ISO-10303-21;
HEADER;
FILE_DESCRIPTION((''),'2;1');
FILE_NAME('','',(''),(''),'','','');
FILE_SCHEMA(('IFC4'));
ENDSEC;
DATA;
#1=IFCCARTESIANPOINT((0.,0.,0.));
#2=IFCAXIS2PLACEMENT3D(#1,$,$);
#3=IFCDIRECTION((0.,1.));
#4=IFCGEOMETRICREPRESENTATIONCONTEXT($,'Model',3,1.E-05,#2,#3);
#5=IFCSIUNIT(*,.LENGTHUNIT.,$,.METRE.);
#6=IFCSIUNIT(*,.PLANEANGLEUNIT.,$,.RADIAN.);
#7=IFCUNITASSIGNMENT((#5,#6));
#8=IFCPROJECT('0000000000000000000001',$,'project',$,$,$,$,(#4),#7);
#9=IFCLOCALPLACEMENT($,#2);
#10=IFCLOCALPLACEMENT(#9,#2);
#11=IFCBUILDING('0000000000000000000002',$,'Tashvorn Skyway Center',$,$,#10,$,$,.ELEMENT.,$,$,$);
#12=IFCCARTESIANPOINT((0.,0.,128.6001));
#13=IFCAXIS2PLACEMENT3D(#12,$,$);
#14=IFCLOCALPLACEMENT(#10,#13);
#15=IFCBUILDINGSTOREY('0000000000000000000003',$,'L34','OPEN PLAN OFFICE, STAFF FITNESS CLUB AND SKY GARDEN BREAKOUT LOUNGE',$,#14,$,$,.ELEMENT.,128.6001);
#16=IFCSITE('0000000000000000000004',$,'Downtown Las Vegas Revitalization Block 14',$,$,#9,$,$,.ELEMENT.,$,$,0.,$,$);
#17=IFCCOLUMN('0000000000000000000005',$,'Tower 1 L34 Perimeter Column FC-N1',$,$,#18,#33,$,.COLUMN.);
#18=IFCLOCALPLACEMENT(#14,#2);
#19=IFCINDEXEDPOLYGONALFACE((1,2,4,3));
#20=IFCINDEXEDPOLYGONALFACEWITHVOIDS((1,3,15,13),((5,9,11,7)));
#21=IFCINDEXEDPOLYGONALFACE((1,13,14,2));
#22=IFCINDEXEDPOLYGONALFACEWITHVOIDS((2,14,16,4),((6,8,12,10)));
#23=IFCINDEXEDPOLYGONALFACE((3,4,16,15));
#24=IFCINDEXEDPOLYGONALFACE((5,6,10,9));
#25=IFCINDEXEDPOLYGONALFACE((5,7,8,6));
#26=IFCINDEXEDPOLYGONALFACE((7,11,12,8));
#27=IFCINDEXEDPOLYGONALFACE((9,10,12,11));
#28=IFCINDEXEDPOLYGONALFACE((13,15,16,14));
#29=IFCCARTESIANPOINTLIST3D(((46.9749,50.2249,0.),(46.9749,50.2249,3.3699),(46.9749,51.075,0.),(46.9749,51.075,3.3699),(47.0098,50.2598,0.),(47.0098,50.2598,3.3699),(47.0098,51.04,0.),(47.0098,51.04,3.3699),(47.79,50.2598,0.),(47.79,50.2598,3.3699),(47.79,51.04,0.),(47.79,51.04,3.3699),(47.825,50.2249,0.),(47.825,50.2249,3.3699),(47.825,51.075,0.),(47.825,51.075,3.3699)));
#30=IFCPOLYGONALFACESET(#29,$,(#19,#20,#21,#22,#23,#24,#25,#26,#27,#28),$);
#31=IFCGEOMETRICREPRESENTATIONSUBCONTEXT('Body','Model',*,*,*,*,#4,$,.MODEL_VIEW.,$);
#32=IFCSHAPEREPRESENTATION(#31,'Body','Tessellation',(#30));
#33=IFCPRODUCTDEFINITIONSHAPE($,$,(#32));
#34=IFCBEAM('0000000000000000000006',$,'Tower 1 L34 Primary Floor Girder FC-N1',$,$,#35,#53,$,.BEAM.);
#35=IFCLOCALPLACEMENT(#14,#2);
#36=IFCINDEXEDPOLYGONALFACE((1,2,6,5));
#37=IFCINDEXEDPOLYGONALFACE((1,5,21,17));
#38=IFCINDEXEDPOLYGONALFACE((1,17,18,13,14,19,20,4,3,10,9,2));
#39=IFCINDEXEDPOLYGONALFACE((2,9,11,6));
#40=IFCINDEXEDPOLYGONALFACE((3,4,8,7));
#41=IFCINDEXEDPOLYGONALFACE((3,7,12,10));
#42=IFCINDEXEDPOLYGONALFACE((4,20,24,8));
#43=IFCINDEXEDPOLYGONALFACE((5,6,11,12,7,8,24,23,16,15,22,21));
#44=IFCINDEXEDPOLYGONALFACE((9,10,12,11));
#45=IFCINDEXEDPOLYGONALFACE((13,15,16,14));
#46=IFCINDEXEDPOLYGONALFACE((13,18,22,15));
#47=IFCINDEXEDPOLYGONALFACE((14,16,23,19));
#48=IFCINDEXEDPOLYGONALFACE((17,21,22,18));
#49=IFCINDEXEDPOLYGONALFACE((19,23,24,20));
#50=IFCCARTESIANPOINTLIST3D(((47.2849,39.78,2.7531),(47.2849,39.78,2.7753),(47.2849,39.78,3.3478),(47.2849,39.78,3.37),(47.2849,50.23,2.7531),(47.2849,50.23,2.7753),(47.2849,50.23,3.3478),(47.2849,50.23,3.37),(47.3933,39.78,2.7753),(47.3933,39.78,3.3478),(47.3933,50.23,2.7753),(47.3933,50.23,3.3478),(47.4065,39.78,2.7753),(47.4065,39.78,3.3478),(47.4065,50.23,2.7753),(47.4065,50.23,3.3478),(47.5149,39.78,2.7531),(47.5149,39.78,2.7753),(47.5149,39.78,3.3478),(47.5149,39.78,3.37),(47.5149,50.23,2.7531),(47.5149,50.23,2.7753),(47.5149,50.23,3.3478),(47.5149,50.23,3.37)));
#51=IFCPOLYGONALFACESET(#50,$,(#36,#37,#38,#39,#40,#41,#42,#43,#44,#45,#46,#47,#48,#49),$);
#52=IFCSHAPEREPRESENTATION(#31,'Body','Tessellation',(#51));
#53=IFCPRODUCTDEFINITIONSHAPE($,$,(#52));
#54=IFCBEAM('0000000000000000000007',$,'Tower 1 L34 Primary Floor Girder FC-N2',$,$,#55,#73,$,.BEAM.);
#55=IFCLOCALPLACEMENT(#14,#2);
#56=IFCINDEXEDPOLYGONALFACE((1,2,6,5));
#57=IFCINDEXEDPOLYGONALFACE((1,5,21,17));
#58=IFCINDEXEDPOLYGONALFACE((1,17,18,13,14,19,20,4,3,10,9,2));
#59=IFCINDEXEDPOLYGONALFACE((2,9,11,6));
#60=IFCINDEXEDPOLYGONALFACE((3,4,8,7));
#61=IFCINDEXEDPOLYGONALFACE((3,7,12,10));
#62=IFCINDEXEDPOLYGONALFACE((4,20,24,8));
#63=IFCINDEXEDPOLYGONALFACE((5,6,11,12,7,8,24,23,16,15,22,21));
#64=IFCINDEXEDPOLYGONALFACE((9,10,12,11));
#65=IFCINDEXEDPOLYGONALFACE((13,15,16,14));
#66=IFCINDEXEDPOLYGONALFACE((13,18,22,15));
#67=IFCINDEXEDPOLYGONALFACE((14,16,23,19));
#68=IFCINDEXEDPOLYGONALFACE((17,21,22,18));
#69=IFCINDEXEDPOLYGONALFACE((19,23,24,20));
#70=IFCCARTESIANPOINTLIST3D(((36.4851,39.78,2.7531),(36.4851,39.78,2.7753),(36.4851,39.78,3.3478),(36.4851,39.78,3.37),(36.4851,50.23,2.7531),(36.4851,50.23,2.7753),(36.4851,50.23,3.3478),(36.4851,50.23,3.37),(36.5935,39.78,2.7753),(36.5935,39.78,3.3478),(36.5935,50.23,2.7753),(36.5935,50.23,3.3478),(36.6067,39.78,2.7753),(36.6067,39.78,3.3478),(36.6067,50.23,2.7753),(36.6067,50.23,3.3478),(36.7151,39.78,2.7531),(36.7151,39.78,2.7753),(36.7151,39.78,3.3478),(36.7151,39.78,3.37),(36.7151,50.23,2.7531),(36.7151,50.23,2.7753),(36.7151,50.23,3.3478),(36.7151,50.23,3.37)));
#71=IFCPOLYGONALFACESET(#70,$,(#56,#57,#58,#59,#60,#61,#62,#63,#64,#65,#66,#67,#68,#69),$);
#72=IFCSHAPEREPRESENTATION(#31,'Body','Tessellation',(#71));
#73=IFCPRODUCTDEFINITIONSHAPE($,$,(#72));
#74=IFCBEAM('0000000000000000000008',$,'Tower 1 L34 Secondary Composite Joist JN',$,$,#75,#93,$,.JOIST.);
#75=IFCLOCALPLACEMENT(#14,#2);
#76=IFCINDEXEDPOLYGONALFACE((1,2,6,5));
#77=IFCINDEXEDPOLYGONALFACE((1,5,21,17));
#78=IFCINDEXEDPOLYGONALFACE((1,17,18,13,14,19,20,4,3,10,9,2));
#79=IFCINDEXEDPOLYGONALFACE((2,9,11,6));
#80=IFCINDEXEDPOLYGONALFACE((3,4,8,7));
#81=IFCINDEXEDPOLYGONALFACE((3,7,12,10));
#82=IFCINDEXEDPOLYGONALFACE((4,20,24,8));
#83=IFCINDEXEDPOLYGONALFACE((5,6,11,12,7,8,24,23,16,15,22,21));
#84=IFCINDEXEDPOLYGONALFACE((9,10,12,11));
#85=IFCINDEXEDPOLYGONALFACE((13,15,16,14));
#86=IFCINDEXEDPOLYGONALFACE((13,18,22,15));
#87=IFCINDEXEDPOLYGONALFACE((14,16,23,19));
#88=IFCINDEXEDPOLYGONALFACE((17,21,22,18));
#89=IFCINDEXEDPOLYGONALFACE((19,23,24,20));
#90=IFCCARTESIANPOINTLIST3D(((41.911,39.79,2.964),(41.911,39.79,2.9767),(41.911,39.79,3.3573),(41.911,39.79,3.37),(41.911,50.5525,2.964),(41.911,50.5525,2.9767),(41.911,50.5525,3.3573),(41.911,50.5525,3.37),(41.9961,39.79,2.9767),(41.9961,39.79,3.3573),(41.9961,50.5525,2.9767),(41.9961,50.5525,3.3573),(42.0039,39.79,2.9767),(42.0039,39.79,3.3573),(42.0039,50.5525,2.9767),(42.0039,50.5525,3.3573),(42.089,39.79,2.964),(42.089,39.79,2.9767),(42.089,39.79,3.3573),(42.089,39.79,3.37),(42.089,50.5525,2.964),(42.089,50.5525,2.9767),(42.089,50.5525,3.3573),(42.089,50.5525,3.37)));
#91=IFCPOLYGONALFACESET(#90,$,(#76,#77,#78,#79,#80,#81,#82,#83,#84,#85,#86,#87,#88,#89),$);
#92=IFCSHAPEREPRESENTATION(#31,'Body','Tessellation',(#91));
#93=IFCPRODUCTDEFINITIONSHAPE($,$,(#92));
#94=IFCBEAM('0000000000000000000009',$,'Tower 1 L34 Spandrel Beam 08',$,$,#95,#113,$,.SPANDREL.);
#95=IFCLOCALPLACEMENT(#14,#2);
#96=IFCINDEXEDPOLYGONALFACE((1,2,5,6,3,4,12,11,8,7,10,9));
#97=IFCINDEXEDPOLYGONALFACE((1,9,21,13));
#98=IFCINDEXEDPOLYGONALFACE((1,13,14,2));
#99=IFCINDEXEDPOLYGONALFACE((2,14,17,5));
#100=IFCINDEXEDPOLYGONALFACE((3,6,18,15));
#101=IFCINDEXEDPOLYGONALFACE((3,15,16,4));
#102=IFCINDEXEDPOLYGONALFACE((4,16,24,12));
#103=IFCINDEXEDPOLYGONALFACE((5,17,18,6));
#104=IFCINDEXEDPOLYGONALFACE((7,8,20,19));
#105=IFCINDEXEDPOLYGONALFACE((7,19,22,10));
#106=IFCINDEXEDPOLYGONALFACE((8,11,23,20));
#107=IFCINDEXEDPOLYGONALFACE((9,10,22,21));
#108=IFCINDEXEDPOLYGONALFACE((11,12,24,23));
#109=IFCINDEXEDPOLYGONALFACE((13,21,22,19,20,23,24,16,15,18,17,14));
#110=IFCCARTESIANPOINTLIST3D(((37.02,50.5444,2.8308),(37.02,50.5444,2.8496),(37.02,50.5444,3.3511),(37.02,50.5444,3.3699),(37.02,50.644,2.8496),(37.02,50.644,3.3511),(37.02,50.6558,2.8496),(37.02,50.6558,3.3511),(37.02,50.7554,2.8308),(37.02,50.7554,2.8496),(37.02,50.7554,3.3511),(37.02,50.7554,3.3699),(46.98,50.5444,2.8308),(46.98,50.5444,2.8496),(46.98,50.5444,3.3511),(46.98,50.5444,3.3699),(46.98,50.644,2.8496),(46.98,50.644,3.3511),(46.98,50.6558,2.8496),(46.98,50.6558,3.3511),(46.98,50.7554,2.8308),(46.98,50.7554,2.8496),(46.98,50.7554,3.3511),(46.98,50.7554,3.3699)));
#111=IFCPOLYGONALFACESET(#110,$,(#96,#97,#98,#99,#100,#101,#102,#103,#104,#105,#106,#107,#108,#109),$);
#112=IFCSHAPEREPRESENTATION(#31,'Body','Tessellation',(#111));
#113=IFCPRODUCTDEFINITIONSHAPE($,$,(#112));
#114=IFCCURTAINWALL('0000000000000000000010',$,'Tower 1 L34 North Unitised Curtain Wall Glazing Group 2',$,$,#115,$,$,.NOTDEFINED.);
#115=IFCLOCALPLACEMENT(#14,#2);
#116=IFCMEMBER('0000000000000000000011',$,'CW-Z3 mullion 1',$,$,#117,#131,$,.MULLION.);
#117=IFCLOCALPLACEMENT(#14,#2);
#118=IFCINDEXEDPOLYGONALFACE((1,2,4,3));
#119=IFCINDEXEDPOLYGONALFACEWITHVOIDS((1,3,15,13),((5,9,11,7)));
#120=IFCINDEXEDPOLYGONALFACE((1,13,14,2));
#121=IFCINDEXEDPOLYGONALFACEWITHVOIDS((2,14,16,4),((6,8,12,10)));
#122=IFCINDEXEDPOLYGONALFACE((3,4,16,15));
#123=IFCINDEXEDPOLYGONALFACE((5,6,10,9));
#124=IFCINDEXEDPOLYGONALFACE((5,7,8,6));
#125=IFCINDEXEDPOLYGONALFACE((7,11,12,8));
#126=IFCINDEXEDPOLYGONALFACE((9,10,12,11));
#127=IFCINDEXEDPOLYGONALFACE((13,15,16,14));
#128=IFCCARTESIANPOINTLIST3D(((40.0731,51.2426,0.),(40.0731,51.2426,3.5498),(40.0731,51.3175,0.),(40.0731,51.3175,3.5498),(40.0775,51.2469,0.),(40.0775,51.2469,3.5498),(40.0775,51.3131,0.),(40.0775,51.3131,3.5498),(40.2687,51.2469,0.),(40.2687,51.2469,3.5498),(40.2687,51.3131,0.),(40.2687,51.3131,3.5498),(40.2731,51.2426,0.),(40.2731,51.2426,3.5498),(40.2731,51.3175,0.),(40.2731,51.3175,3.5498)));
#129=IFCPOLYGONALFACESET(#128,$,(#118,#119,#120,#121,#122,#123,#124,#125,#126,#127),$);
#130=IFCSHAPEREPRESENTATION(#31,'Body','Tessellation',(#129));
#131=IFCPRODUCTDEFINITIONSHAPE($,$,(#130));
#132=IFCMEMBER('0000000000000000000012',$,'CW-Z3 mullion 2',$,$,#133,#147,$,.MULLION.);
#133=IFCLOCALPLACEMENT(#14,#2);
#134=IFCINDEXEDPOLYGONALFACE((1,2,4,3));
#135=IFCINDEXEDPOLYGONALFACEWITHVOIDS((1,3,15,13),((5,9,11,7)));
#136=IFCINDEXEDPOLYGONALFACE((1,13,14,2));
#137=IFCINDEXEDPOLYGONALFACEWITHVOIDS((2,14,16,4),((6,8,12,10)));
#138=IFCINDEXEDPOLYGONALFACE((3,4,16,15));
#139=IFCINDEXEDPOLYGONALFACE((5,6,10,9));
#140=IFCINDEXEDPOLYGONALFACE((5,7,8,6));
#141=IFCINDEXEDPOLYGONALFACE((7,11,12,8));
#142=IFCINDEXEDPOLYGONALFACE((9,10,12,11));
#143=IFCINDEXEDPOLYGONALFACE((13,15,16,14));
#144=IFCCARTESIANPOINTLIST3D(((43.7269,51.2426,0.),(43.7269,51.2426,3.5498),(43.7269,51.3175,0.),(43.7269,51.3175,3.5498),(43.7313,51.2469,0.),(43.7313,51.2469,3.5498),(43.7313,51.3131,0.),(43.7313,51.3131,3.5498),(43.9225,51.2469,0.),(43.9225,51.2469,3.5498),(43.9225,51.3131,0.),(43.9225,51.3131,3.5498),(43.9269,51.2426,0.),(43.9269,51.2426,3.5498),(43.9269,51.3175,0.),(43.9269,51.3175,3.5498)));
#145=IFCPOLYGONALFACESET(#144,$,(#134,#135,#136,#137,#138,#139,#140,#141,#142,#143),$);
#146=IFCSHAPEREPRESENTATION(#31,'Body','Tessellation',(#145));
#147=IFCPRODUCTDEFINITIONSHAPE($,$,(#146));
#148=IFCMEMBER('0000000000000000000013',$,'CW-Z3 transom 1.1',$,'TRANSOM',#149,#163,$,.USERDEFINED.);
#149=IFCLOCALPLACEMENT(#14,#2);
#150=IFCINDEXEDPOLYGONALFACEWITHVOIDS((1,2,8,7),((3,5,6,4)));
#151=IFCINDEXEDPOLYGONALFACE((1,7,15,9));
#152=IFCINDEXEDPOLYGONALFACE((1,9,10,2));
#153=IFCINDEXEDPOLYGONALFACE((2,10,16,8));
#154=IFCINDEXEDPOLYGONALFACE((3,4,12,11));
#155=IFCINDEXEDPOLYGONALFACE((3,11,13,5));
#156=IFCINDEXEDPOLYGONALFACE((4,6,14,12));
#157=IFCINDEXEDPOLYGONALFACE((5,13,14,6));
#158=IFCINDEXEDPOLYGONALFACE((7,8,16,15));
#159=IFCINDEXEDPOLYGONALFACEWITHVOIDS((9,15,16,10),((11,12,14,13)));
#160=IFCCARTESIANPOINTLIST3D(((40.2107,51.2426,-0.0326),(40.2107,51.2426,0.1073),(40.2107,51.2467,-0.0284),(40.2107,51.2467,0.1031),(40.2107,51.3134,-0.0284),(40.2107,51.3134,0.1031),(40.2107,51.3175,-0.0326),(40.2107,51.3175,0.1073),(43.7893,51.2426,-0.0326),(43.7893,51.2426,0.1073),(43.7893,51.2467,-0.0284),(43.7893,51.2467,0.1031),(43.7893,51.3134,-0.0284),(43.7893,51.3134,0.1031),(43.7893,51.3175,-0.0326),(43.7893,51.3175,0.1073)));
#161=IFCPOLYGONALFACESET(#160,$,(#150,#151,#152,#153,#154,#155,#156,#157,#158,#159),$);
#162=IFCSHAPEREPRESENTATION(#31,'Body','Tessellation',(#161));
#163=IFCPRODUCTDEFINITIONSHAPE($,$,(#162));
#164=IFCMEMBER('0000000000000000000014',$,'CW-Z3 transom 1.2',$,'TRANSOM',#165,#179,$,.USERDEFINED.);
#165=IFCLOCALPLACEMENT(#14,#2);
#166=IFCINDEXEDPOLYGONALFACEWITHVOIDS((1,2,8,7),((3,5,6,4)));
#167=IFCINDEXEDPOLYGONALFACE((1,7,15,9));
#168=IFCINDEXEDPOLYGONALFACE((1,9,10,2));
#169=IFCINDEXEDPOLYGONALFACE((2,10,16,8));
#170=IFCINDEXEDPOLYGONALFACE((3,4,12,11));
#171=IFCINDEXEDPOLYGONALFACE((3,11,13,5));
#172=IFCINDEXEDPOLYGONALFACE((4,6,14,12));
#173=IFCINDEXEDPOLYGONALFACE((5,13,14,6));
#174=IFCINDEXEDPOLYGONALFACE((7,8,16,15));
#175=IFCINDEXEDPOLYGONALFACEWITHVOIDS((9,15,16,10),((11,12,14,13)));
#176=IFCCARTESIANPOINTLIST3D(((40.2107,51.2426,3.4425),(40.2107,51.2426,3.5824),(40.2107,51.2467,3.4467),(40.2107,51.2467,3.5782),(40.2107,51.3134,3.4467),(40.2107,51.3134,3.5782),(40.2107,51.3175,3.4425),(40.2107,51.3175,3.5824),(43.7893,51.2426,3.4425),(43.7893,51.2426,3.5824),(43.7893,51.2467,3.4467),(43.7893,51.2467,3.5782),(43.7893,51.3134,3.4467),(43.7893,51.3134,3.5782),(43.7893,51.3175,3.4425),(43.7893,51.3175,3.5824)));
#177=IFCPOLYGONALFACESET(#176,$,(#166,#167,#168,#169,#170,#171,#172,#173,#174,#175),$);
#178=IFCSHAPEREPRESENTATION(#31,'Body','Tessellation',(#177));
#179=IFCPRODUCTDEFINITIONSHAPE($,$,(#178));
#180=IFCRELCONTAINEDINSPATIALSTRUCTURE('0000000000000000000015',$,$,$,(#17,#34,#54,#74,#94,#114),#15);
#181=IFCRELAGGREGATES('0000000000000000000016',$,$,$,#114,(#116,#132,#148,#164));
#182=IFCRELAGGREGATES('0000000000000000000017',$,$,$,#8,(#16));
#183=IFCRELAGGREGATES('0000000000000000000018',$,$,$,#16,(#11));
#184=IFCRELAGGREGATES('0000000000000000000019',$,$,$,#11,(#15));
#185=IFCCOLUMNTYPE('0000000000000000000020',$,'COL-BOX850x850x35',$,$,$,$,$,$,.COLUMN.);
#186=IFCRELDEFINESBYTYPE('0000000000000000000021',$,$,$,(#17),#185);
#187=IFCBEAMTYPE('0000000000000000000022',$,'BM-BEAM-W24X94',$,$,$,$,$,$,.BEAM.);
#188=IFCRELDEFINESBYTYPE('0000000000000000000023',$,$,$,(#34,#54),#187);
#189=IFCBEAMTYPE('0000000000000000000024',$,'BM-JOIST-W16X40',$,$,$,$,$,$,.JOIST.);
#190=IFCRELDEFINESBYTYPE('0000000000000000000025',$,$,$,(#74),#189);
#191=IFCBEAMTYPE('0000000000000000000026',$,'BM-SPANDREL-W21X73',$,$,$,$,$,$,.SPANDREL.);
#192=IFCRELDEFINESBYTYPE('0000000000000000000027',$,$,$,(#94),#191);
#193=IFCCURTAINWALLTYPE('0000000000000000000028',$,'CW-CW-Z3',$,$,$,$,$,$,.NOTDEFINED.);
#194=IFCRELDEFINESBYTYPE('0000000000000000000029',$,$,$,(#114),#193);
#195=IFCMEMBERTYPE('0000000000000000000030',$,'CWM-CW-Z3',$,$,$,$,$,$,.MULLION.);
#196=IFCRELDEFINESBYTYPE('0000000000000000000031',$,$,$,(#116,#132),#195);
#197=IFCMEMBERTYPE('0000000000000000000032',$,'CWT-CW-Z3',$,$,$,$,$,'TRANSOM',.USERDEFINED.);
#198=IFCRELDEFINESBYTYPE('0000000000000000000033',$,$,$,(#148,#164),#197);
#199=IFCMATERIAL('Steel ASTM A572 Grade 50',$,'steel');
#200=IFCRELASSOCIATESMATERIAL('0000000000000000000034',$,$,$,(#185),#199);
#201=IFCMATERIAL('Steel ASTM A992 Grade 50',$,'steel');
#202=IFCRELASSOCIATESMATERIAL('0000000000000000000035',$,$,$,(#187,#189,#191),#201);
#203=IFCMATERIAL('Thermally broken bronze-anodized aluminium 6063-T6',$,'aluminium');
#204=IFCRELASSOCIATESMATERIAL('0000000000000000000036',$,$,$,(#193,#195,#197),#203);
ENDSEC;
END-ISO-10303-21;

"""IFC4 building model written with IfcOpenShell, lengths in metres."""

from ifc_helpers import new_model, si_unit, direction, frame, origin, origin_2d, place, context, subcontext, project, spatial, hollow_rectangle, i_section, extrude, material, material_profile, profile_set, type_object, element, aggregate, save


model = new_model("IFC4")

# Units and contexts
model_context = context("Model", 3, precision=1e-05, world=origin(), true_north=direction((0.0, 1.0)))
body_context = subcontext(model_context, "Body", "Model", "MODEL_VIEW")
ifc_project = project(units=[si_unit("LENGTHUNIT", "METRE"), si_unit("PLANEANGLEUNIT", "RADIAN")], contexts=[model_context])

# Site, building, storey
site_placement = place(None, origin())
site = spatial("IfcSite", under=ifc_project, at=site_placement, Name="Downtown Las Vegas Revitalization Block 14", CompositionType="ELEMENT", RefElevation=0.0)
building_placement = place(site_placement, origin())
building = spatial("IfcBuilding", under=site, at=building_placement, Name="Tashvorn Skyway Center", CompositionType="ELEMENT")
storey_placement = place(building_placement, frame((0.0, 0.0, 128.6001)))
storey = spatial("IfcBuildingStorey", under=building, at=storey_placement, Name="L34", Description="OPEN PLAN OFFICE, STAFF FITNESS CLUB AND SKY GARDEN BREAKOUT LOUNGE", CompositionType="ELEMENT", Elevation=128.6001)

# Column
ifc_material_1 = material(Name="Steel ASTM A572 Grade 50", Category="steel")
ifc_material_profile_1 = material_profile(ifc_material_1, hollow_rectangle(XDim=0.8501, YDim=0.8501, WallThickness=0.0349, at=origin_2d()), Name="BOX850x850x35")
ifc_profile_set_1 = profile_set([ifc_material_profile_1], Name="Steel ASTM A572 Grade 50")
column_type = type_object("IfcColumnType", Name="COL-BOX850x850x35", PredefinedType="COLUMN", material=ifc_profile_set_1)
column_placement = place(storey_placement, frame((47.3999, 50.6499, 0.0), z_axis=(0.0, 0.0, 1.0), x_axis=(1.0, 0.0, 0.0)))
element("IfcColumn", 1, at=column_placement, inside=storey, type_object=column_type, Name="Tower 1 L34 Perimeter Column FC-N1", PredefinedType="COLUMN", context=body_context, shape_type="SweptSolid", body=[
    extrude(hollow_rectangle(XDim=0.8501, YDim=0.8501, WallThickness=0.0349, at=origin_2d()), origin(), (0.0, 0.0, 1.0), 3.3699),
])

# Beams
ifc_material_2 = material(Name="Steel ASTM A992 Grade 50", Category="steel")
ifc_material_profile_2 = material_profile(ifc_material_2, i_section(OverallWidth=0.23, OverallDepth=0.6169, WebThickness=0.0132, FlangeThickness=0.0222, at=origin_2d()), Name="W24X94")
ifc_profile_set_2 = profile_set([ifc_material_profile_2], Name="Steel ASTM A992 Grade 50")
beam_type_1 = type_object("IfcBeamType", Name="BM-BEAM-W24X94", PredefinedType="BEAM", material=ifc_profile_set_2)
for number, where, z_axis, x_axis, name in (
    (2, (47.3999, 50.23, 3.0615), (0.0, -1.0, 0.0), (1.0, 0.0, 0.0), "Tower 1 L34 Primary Floor Girder FC-N1"),
    (3, (36.6001, 50.23, 3.0615), (0.0, -1.0, 0.0), (1.0, 0.0, 0.0), "Tower 1 L34 Primary Floor Girder FC-N2"),
):
    element("IfcBeam", number, at=place(storey_placement, frame(where, z_axis=z_axis, x_axis=x_axis)), inside=storey, type_object=beam_type_1, Name=name, PredefinedType="BEAM", context=body_context, shape_type="SweptSolid", body=[
        extrude(i_section(OverallWidth=0.23, OverallDepth=0.6169, WebThickness=0.0132, FlangeThickness=0.0222, at=origin_2d()), origin(), (0.0, 0.0, 1.0), 10.45),
    ])
ifc_material_profile_3 = material_profile(ifc_material_2, i_section(OverallWidth=0.178, OverallDepth=0.406, WebThickness=0.0078, FlangeThickness=0.0127, at=origin_2d()), Name="W16X40")
ifc_profile_set_3 = profile_set([ifc_material_profile_3], Name="Steel ASTM A992 Grade 50")
beam_type_2 = type_object("IfcBeamType", Name="BM-JOIST-W16X40", PredefinedType="JOIST", material=ifc_profile_set_3)
beam_1_placement = place(storey_placement, frame((42.0, 39.79, 3.167), z_axis=(0.0, 1.0, 0.0), x_axis=(-1.0, 0.0, 0.0)))
element("IfcBeam", 4, at=beam_1_placement, inside=storey, type_object=beam_type_2, Name="Tower 1 L34 Secondary Composite Joist JN", PredefinedType="JOIST", context=body_context, shape_type="SweptSolid", body=[
    extrude(i_section(OverallWidth=0.178, OverallDepth=0.406, WebThickness=0.0078, FlangeThickness=0.0127, at=origin_2d()), origin(), (0.0, 0.0, 1.0), 10.7625),
])
ifc_material_profile_4 = material_profile(ifc_material_2, i_section(OverallWidth=0.2109, OverallDepth=0.5391, WebThickness=0.0117, FlangeThickness=0.0188, at=origin_2d()), Name="W21X73")
ifc_profile_set_4 = profile_set([ifc_material_profile_4], Name="Steel ASTM A992 Grade 50")
beam_type_3 = type_object("IfcBeamType", Name="BM-SPANDREL-W21X73", PredefinedType="SPANDREL", material=ifc_profile_set_4)
beam_2_placement = place(storey_placement, frame((46.98, 50.6499, 3.1003), z_axis=(-1.0, 0.0, 0.0), x_axis=(0.0, -1.0, 0.0)))
element("IfcBeam", 5, at=beam_2_placement, inside=storey, type_object=beam_type_3, Name="Tower 1 L34 Spandrel Beam 08", PredefinedType="SPANDREL", context=body_context, shape_type="SweptSolid", body=[
    extrude(i_section(OverallWidth=0.2109, OverallDepth=0.5391, WebThickness=0.0117, FlangeThickness=0.0188, at=origin_2d()), origin(), (0.0, 0.0, 1.0), 9.96),
])

# Curtain wall, members
ifc_material_3 = material(Name="Thermally broken bronze-anodized aluminium 6063-T6", Category="aluminium")
curtain_wall_type = type_object("IfcCurtainWallType", Name="CW-CW-Z3", PredefinedType="NOTDEFINED", material=ifc_material_3)
curtain_wall_placement = place(storey_placement, origin())
curtain_wall = element("IfcCurtainWall", 6, at=curtain_wall_placement, inside=storey, type_object=curtain_wall_type, Name="Tower 1 L34 North Unitised Curtain Wall Glazing Group 2", PredefinedType="NOTDEFINED")
ifc_material_profile_5 = material_profile(ifc_material_3, hollow_rectangle(XDim=0.075, YDim=0.2, WallThickness=0.0044, at=origin_2d()), Name="ALU-MULL-75x200")
ifc_profile_set_5 = profile_set([ifc_material_profile_5], Name="Thermally broken bronze-anodized aluminium 6063-T6")
member_type_1 = type_object("IfcMemberType", Name="CWM-CW-Z3", PredefinedType="MULLION", material=ifc_profile_set_5)
member_1_placement = place(storey_placement, frame((40.1731, 51.28, 0.0), z_axis=(0.0, 0.0, 1.0), x_axis=(0.0, 1.0, 0.0)))
member_1 = element("IfcMember", 7, at=member_1_placement, type_object=member_type_1, Name="CW-Z3 mullion 1", PredefinedType="MULLION", context=body_context, shape_type="SweptSolid", body=[
    extrude(hollow_rectangle(XDim=0.075, YDim=0.2, WallThickness=0.0044, at=origin_2d()), origin(), (0.0, 0.0, 1.0), 3.5498),
])
member_2_placement = place(storey_placement, frame((43.8269, 51.28, 0.0), z_axis=(0.0, 0.0, 1.0), x_axis=(0.0, 1.0, 0.0)))
member_2 = element("IfcMember", 8, at=member_2_placement, type_object=member_type_1, Name="CW-Z3 mullion 2", PredefinedType="MULLION", context=body_context, shape_type="SweptSolid", body=[
    extrude(hollow_rectangle(XDim=0.075, YDim=0.2, WallThickness=0.0044, at=origin_2d()), origin(), (0.0, 0.0, 1.0), 3.5498),
])
ifc_material_profile_6 = material_profile(ifc_material_3, hollow_rectangle(XDim=0.075, YDim=0.1399, WallThickness=0.0042, at=origin_2d()), Name="ALU-TRAN-75x140")
ifc_profile_set_6 = profile_set([ifc_material_profile_6], Name="Thermally broken bronze-anodized aluminium 6063-T6")
member_type_2 = type_object("IfcMemberType", Name="CWT-CW-Z3", ElementType="TRANSOM", PredefinedType="USERDEFINED", material=ifc_profile_set_6)
member_3_placement = place(storey_placement, frame((40.2107, 51.28, 0.0374), z_axis=(1.0, 0.0, 0.0), x_axis=(0.0, 1.0, 0.0)))
member_3 = element("IfcMember", 9, at=member_3_placement, type_object=member_type_2, Name="CW-Z3 transom 1.1", ObjectType="TRANSOM", PredefinedType="USERDEFINED", context=body_context, shape_type="SweptSolid", body=[
    extrude(hollow_rectangle(XDim=0.075, YDim=0.1399, WallThickness=0.0042, at=origin_2d()), origin(), (0.0, 0.0, 1.0), 3.5786),
])
member_4_placement = place(storey_placement, frame((40.2107, 51.28, 3.5125), z_axis=(1.0, 0.0, 0.0), x_axis=(0.0, 1.0, 0.0)))
member_4 = element("IfcMember", 10, at=member_4_placement, type_object=member_type_2, Name="CW-Z3 transom 1.2", ObjectType="TRANSOM", PredefinedType="USERDEFINED", context=body_context, shape_type="SweptSolid", body=[
    extrude(hollow_rectangle(XDim=0.075, YDim=0.1399, WallThickness=0.0042, at=origin_2d()), origin(), (0.0, 0.0, 1.0), 3.5786),
])
aggregate(curtain_wall, [member_1, member_2, member_3, member_4])

save(model, "model.ifc")
